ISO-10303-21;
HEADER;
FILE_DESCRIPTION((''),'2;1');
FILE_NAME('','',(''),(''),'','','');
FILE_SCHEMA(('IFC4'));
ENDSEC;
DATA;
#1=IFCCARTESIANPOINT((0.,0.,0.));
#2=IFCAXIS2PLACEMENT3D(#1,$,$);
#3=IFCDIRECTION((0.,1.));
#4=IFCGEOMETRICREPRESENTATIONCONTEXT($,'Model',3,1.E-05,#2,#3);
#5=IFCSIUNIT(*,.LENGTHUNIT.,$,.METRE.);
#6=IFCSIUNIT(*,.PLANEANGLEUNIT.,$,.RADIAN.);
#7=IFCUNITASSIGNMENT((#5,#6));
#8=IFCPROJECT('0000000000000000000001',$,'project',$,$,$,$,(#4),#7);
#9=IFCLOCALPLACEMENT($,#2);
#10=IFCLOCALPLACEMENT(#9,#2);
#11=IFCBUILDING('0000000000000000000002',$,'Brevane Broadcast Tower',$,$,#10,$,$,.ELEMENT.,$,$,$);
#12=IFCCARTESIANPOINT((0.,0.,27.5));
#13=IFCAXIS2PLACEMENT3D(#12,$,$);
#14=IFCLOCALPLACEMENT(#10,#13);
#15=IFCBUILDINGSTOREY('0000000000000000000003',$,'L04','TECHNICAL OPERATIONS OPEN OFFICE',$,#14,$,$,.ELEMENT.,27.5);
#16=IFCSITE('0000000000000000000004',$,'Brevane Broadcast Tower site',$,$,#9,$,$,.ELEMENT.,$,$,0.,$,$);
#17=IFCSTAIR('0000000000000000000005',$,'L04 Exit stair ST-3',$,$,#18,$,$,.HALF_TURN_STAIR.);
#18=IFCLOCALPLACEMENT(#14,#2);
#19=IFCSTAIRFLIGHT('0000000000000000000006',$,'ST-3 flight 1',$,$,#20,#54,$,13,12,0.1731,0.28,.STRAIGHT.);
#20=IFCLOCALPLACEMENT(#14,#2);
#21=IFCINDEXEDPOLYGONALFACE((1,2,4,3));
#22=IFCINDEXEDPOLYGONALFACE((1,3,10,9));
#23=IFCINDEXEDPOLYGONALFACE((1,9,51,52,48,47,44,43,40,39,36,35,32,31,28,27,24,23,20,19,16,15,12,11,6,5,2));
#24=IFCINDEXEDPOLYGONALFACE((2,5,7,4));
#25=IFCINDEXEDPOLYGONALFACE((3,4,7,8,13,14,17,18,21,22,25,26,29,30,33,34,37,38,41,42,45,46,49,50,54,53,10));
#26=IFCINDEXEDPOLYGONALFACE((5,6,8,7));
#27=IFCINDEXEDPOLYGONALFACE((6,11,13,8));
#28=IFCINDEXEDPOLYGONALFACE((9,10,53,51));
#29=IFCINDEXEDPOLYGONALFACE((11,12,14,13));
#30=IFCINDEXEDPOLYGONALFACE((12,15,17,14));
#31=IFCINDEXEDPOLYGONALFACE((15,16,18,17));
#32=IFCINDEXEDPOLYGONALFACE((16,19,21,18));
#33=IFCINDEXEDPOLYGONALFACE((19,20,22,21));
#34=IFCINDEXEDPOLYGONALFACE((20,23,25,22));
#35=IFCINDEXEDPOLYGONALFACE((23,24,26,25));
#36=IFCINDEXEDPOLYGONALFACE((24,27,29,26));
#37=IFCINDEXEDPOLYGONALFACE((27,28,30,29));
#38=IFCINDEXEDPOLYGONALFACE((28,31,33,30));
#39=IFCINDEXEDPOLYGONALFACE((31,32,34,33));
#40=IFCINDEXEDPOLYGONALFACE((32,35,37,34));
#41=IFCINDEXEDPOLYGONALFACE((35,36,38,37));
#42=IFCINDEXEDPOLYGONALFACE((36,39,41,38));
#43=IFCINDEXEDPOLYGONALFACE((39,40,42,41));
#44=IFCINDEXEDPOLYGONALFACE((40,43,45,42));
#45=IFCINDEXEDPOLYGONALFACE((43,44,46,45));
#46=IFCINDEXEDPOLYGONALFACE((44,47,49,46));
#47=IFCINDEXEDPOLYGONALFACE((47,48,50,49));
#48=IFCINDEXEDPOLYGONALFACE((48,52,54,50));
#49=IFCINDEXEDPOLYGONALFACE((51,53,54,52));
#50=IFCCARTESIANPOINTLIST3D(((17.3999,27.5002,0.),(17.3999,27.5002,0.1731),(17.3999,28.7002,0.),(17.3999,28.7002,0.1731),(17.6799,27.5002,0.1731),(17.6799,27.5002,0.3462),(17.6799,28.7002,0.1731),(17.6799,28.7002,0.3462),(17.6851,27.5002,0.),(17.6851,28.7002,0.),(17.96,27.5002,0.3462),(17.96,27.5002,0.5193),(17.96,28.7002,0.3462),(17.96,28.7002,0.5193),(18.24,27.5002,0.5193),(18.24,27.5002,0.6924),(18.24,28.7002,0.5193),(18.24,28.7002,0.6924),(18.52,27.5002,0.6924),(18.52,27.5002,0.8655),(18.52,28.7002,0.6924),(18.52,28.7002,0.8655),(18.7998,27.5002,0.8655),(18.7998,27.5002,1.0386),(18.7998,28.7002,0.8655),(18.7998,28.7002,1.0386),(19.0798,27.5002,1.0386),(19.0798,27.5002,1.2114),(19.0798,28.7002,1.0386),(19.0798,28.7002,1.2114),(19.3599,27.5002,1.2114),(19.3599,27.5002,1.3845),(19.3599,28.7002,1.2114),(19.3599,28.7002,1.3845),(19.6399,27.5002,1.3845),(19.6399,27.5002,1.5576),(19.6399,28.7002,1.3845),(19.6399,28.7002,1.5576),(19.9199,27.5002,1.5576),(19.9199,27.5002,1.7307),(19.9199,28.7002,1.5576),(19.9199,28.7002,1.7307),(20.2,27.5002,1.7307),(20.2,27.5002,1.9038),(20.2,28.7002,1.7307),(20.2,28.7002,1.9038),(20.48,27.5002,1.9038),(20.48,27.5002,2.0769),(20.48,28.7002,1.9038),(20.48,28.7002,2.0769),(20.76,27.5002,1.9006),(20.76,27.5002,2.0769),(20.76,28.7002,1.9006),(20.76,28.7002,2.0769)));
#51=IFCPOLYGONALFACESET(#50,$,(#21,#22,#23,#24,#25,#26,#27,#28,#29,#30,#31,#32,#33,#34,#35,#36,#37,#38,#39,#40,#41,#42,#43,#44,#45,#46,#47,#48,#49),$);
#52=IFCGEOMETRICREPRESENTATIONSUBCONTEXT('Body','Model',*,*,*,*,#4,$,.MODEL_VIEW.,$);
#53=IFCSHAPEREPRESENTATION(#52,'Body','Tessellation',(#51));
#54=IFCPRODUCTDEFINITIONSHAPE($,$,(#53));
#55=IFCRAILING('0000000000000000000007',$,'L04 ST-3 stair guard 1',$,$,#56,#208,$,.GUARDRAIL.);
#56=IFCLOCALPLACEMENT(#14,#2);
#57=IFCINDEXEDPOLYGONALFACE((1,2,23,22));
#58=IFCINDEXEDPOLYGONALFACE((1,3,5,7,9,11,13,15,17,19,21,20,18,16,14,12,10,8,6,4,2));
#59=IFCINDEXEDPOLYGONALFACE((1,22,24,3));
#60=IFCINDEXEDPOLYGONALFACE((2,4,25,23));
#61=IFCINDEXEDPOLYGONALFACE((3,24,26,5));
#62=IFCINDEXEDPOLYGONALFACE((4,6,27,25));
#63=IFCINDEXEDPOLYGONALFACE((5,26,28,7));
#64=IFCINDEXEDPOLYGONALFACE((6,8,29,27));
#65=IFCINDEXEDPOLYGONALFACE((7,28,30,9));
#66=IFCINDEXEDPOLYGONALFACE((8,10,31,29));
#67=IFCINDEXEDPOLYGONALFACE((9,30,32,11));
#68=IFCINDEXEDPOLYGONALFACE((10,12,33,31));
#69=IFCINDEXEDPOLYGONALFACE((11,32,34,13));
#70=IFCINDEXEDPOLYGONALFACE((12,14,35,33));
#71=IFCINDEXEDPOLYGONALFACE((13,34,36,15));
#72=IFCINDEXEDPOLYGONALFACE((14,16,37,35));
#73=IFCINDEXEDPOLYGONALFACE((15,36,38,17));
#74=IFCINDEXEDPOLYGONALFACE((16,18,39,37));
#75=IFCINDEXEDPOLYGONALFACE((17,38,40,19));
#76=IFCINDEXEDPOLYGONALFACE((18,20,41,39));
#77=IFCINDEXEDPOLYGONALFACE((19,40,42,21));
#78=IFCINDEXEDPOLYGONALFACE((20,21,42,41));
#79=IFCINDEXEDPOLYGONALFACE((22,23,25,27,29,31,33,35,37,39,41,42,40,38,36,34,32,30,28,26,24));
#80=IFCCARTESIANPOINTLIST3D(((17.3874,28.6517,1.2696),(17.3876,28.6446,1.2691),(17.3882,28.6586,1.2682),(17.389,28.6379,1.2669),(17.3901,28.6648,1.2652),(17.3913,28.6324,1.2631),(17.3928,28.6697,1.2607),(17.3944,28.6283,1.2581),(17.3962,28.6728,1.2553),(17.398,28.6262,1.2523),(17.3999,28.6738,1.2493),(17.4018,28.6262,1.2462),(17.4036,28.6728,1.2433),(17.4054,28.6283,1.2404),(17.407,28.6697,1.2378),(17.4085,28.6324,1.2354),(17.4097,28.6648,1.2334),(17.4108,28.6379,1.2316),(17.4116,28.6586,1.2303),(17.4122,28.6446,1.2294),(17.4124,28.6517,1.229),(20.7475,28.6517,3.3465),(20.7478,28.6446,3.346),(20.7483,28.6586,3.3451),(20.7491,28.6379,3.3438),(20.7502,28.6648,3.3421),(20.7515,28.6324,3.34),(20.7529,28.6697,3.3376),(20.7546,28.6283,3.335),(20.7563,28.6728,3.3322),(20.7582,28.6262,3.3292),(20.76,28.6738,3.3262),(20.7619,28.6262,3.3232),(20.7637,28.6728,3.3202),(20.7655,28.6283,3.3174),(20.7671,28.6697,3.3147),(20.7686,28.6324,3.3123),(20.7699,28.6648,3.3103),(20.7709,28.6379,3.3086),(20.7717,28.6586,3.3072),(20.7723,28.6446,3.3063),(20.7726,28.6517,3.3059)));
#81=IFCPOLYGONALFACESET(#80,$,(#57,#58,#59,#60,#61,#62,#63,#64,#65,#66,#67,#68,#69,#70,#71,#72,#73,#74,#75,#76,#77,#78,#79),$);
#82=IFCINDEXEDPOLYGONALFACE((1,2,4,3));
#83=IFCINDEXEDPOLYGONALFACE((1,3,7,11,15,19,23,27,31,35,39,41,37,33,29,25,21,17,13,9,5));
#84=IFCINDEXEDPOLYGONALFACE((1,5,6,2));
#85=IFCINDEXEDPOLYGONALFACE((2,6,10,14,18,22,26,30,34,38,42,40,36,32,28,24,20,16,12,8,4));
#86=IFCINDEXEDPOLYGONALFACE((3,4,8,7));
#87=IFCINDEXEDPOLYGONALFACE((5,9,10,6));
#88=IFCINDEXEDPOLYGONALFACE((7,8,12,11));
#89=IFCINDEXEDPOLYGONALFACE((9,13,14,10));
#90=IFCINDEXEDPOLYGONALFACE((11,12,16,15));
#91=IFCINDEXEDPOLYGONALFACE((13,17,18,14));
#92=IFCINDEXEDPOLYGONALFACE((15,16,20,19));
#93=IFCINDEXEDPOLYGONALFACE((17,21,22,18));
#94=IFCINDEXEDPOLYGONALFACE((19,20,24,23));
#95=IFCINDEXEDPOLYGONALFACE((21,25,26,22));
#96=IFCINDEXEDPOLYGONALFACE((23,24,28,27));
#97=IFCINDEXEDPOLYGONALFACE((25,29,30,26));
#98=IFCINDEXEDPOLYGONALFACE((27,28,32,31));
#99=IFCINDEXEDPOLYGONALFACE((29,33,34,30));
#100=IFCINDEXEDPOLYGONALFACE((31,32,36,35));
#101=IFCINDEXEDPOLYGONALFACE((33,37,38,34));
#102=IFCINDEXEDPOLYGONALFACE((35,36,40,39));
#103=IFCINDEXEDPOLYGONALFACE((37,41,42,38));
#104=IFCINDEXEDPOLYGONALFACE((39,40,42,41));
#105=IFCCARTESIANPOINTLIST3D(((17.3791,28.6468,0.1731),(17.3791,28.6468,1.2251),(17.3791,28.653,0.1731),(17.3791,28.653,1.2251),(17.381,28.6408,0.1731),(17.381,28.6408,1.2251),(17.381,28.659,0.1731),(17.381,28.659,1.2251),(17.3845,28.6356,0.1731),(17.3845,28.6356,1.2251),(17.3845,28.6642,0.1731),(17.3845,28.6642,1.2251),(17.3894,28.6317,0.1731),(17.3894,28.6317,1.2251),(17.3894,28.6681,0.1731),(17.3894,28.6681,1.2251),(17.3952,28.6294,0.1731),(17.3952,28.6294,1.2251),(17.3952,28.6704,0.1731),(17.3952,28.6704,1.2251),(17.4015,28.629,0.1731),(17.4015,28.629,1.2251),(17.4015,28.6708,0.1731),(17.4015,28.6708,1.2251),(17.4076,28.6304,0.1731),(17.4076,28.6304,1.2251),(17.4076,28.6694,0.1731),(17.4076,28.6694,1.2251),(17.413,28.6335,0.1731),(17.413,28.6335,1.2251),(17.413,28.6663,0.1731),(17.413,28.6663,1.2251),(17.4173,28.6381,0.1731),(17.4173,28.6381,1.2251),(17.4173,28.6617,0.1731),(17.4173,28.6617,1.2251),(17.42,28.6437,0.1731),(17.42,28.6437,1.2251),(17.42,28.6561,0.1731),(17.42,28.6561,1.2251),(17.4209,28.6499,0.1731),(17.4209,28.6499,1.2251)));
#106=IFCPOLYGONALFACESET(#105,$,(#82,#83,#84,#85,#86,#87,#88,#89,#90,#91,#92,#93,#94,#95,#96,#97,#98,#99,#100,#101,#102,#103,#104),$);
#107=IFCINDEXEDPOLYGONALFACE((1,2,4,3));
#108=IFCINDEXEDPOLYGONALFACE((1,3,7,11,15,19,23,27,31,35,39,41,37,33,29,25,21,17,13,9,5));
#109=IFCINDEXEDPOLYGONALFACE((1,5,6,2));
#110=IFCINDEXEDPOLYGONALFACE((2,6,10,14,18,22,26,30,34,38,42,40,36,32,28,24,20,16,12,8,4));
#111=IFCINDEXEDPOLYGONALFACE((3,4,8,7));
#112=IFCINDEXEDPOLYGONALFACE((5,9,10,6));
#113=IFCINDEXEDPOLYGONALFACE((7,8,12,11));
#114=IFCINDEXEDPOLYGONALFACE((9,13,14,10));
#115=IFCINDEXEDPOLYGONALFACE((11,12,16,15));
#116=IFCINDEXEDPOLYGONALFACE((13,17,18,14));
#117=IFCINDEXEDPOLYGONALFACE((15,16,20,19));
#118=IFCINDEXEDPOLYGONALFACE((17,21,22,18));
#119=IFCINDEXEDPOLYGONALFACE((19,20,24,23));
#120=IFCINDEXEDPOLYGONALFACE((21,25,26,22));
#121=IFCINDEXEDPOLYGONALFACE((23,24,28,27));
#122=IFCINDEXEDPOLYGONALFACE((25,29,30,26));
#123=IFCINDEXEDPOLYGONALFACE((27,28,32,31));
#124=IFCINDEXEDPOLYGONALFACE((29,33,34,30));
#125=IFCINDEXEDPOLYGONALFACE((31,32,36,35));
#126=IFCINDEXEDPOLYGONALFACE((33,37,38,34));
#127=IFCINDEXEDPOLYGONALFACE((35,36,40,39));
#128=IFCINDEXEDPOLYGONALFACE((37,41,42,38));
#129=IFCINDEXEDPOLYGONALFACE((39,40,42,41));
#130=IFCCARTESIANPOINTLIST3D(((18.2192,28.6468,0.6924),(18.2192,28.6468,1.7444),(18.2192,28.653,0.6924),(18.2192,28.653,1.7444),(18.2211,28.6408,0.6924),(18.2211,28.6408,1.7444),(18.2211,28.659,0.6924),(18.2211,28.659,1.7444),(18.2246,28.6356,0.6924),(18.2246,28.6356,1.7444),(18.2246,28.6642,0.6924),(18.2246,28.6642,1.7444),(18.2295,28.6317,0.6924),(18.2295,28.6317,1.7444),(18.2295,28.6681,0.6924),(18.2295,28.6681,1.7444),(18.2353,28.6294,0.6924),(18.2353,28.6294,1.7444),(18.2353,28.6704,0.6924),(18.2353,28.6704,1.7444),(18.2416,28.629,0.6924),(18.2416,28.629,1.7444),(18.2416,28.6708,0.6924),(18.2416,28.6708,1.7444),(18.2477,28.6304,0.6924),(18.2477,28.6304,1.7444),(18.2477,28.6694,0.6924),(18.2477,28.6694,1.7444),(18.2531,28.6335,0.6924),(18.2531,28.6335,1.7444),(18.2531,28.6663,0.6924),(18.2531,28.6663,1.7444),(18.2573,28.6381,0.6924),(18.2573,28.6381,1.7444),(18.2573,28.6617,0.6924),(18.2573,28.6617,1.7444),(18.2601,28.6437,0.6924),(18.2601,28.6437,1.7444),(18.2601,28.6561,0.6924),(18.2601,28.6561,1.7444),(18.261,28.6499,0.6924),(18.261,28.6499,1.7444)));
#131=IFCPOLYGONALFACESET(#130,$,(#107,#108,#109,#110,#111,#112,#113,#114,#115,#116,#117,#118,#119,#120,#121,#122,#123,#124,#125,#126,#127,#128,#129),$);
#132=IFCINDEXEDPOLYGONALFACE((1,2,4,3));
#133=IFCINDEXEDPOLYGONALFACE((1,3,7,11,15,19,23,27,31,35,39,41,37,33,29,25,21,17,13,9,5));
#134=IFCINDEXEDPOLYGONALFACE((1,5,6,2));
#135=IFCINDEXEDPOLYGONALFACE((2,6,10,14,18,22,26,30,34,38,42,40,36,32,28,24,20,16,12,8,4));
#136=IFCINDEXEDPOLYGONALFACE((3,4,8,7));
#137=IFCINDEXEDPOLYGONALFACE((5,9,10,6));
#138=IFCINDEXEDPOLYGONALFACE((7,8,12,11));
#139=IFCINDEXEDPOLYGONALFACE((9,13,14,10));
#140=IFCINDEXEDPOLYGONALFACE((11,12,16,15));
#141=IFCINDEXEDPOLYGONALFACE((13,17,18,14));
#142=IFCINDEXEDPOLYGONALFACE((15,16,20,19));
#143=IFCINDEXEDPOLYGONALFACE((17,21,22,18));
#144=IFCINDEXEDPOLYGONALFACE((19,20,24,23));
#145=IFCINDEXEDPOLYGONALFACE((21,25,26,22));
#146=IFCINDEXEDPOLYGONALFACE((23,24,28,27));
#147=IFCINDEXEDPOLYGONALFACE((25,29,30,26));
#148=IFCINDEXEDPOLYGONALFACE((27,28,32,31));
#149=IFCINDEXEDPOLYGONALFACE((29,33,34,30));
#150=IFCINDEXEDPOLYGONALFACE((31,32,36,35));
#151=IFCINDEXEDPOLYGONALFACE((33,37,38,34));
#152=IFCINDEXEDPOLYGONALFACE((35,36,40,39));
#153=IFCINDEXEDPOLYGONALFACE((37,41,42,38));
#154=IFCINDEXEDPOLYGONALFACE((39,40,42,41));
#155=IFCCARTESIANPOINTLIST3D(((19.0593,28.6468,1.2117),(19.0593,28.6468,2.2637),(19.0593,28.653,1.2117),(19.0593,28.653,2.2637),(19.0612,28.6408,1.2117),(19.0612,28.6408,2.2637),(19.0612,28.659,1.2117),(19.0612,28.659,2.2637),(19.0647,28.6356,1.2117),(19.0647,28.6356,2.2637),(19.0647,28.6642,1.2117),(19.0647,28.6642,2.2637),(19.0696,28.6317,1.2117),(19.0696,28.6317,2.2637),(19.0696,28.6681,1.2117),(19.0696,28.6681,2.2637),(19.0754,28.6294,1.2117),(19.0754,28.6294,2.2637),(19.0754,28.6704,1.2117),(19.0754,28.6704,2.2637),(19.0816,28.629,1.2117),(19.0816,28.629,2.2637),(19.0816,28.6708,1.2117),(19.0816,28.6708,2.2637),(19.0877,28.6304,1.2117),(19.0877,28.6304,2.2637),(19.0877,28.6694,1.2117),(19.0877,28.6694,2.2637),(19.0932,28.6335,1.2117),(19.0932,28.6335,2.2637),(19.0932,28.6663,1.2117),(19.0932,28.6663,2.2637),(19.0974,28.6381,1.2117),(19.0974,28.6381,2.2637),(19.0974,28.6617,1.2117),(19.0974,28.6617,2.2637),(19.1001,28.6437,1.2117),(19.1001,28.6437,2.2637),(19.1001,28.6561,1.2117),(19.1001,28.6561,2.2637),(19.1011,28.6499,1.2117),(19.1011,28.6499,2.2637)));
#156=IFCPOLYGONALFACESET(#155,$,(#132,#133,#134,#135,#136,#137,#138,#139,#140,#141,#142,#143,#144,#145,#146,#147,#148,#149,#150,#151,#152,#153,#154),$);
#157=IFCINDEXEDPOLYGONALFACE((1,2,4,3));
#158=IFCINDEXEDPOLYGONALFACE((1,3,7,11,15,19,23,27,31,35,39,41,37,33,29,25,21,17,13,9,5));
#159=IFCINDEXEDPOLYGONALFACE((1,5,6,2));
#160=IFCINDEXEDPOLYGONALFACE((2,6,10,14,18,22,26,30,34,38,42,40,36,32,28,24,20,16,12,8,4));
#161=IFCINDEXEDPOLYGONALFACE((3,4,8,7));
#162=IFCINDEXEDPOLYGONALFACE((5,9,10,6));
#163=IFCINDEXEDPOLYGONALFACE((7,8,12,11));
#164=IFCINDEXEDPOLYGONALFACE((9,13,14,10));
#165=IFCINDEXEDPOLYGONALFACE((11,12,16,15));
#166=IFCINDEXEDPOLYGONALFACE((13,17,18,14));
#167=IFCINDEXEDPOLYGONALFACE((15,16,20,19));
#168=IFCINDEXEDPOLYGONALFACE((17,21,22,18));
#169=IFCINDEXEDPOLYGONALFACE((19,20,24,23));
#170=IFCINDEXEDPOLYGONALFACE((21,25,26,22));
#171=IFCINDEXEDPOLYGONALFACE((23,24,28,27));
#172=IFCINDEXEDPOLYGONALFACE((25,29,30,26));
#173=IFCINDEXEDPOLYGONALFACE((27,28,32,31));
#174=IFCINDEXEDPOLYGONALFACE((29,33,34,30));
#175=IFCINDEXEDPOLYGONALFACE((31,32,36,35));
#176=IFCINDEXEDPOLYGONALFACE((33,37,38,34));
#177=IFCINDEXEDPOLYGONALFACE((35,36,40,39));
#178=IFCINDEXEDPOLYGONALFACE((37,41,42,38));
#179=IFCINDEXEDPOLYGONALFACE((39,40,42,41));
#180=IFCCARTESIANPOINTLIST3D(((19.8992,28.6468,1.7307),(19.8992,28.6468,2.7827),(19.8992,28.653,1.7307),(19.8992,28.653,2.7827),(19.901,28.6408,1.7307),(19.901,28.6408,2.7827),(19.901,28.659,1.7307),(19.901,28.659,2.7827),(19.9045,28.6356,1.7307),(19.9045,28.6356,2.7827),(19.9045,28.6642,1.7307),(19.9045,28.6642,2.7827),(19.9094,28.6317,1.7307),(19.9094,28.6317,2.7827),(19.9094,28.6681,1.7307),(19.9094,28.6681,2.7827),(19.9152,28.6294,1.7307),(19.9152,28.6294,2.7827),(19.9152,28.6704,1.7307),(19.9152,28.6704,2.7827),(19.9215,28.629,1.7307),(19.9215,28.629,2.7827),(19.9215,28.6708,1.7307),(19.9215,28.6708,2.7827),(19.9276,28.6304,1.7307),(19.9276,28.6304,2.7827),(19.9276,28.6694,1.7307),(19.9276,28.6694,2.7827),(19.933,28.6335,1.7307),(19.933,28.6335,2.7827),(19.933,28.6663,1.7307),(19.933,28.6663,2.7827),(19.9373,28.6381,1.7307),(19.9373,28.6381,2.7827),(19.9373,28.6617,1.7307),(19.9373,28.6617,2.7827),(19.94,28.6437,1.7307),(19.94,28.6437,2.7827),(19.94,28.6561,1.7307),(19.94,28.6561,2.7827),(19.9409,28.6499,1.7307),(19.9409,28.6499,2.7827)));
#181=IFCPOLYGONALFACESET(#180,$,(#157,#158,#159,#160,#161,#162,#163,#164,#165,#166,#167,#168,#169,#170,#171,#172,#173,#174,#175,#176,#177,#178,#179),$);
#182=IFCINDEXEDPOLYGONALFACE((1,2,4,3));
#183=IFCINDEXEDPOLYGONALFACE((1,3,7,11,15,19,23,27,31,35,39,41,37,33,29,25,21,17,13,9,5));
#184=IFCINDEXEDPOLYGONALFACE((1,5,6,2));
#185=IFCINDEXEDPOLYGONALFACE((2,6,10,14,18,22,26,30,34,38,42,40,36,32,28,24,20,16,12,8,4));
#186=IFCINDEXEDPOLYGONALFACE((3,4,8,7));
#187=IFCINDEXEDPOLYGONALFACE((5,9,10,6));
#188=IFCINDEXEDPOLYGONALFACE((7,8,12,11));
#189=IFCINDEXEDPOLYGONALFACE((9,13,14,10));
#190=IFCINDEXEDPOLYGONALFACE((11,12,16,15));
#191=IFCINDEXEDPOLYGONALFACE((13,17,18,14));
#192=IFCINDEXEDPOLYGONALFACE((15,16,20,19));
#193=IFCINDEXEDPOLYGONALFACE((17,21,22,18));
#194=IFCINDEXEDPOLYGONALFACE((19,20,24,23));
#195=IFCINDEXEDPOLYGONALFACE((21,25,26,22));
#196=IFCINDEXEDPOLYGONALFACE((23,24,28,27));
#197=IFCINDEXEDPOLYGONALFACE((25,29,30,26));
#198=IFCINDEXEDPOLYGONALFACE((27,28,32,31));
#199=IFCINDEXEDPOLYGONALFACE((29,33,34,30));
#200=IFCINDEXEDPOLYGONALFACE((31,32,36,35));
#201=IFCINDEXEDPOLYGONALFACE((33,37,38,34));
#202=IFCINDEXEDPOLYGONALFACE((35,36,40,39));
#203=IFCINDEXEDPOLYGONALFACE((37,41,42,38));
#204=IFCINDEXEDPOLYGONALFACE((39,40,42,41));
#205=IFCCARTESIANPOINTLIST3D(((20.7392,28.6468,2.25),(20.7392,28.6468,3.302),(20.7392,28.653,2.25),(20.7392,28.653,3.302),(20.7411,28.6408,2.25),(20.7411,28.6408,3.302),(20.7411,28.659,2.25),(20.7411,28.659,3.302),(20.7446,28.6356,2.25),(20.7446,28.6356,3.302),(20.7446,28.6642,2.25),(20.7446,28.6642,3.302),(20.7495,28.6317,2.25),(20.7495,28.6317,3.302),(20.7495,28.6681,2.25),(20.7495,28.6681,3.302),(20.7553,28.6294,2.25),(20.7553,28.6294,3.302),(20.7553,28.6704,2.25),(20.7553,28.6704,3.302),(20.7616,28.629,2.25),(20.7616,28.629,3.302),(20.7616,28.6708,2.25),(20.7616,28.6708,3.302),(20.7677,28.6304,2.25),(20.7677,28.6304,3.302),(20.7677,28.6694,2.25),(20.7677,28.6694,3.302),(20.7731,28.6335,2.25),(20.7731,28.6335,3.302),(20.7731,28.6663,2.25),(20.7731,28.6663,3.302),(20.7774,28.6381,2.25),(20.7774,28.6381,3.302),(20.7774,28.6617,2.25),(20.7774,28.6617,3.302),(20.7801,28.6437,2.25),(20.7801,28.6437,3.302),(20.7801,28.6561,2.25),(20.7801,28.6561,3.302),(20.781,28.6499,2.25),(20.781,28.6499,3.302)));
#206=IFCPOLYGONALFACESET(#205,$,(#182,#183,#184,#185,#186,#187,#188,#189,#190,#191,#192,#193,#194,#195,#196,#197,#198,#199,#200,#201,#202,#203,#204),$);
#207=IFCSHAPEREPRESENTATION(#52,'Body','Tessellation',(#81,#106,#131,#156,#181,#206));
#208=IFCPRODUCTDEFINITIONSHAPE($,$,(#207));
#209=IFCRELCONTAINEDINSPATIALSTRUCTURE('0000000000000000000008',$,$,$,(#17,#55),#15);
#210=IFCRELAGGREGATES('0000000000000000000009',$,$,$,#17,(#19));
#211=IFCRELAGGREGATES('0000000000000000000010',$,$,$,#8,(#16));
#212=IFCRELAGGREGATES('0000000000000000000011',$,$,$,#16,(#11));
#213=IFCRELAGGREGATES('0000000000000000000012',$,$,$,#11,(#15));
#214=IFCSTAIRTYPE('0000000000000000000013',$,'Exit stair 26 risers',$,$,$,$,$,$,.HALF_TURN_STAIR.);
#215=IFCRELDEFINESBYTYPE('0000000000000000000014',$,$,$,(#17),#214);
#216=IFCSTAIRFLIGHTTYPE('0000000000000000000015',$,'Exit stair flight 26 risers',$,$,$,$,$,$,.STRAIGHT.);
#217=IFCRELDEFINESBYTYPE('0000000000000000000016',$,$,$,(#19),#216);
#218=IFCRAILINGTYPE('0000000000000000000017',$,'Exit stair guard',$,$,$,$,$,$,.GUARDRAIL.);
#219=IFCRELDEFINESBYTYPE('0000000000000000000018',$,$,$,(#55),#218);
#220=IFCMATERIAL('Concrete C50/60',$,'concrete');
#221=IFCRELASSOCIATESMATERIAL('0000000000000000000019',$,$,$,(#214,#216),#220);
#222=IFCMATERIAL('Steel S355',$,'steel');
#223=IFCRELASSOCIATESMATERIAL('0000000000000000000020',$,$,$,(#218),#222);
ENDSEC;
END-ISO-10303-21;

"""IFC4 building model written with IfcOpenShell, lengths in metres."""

from ifc_helpers import new_model, si_unit, direction, frame, origin, origin_2d, place, context, subcontext, project, spatial, polyline, circle, outline, extrude, material, type_object, element, aggregate, save


model = new_model("IFC4")

# Units and contexts
model_context = context("Model", 3, precision=1e-05, world=origin(), true_north=direction((0.0, 1.0)))
body_context = subcontext(model_context, "Body", "Model", "MODEL_VIEW")
ifc_project = project(units=[si_unit("LENGTHUNIT", "METRE"), si_unit("PLANEANGLEUNIT", "RADIAN")], contexts=[model_context])

# Site, building, storey
site_placement = place(None, origin())
site = spatial("IfcSite", under=ifc_project, at=site_placement, Name="Brevane Broadcast Tower site", CompositionType="ELEMENT", RefElevation=0.0)
building_placement = place(site_placement, origin())
building = spatial("IfcBuilding", under=site, at=building_placement, Name="Brevane Broadcast Tower", CompositionType="ELEMENT")
storey_placement = place(building_placement, frame((0.0, 0.0, 27.5)))
storey = spatial("IfcBuildingStorey", under=building, at=storey_placement, Name="L04", Description="TECHNICAL OPERATIONS OPEN OFFICE", CompositionType="ELEMENT", Elevation=27.5)

# Stair, stair flight
ifc_material_1 = material(Name="Concrete C50/60", Category="concrete")
stair_type = type_object("IfcStairType", Name="Exit stair 26 risers", PredefinedType="HALF_TURN_STAIR", material=ifc_material_1)
stair_placement = place(storey_placement, origin())
stair = element("IfcStair", 1, at=stair_placement, inside=storey, type_object=stair_type, Name="L04 Exit stair ST-3", PredefinedType="HALF_TURN_STAIR")
stair_flight_type = type_object("IfcStairFlightType", Name="Exit stair flight 26 risers", PredefinedType="STRAIGHT", material=ifc_material_1)
stair_flight_placement = place(storey_placement, frame((17.3999, 28.1001, 0.0), z_axis=(0.0, 0.0, 1.0), x_axis=(1.0, 0.0, 0.0)))
stair_flight = element("IfcStairFlight", 2, at=stair_flight_placement, type_object=stair_flight_type, Name="ST-3 flight 1", NumberOfRisers=13, NumberOfTreads=12, PredefinedType="STRAIGHT", RiserHeight=0.1731, TreadLength=0.28, context=body_context, shape_type="SweptSolid", body=[
    extrude(outline(polyline([(0.0, 0.0), (0.0, 0.1731), (0.28, 0.1731), (0.28, 0.3462), (0.5601, 0.3462), (0.5601, 0.5193), (0.8401, 0.5193), (0.8401, 0.6924), (1.1201, 0.6924), (1.1201, 0.8655), (1.3999, 0.8655), (1.3999, 1.0386), (1.6799, 1.0386), (1.6799, 1.2114), (1.96, 1.2114), (1.96, 1.3845), (2.24, 1.3845), (2.24, 1.5576), (2.52, 1.5576), (2.52, 1.7307), (2.8, 1.7307), (2.8, 1.9038), (3.0801, 1.9038), (3.0801, 2.0769), (3.3601, 2.0769), (3.3601, 2.25), (3.3601, 1.9006), (0.2852, 0.0), (0.0, 0.0)])), frame((0.0, 0.6001, 0.0), z_axis=(0.0, -1.0, 0.0), x_axis=(1.0, 0.0, 0.0)), (0.0, 0.0, 1.0), 1.2),
])
aggregate(stair, [stair_flight])

# Railing
ifc_material_2 = material(Name="Steel S355", Category="steel")
railing_type_1 = type_object("IfcRailingType", Name="Exit stair guard", PredefinedType="GUARDRAIL", material=ifc_material_2)
railing_1_placement = place(storey_placement, frame((17.3999, 28.6499, 0.1731)))
element("IfcRailing", 3, at=railing_1_placement, inside=storey, type_object=railing_type_1, Name="L04 ST-3 stair guard 1", PredefinedType="GUARDRAIL", context=body_context, shape_type="SweptSolid", body=[
    extrude(circle(Radius=0.0239, at=origin_2d()), frame((0.0, 0.0, 1.0762), z_axis=(0.850623, 0.0, 0.525776), x_axis=(0.0, 1.0, 0.0)), (0.0, 0.0, 1.0), 3.9502),
    extrude(circle(Radius=0.021, at=origin_2d()), origin(), (0.0, 0.0, 1.0), 1.052),
    extrude(circle(Radius=0.021, at=origin_2d()), frame((0.8401, 0.0, 0.5193)), (0.0, 0.0, 1.0), 1.052),
    extrude(circle(Radius=0.021, at=origin_2d()), frame((1.6802, 0.0, 1.0386)), (0.0, 0.0, 1.0), 1.052),
    extrude(circle(Radius=0.021, at=origin_2d()), frame((2.52, 0.0, 1.5576)), (0.0, 0.0, 1.0), 1.052),
    extrude(circle(Radius=0.021, at=origin_2d()), frame((3.3601, 0.0, 2.0769)), (0.0, 0.0, 1.0), 1.052),
])

save(model, "model.ifc")
